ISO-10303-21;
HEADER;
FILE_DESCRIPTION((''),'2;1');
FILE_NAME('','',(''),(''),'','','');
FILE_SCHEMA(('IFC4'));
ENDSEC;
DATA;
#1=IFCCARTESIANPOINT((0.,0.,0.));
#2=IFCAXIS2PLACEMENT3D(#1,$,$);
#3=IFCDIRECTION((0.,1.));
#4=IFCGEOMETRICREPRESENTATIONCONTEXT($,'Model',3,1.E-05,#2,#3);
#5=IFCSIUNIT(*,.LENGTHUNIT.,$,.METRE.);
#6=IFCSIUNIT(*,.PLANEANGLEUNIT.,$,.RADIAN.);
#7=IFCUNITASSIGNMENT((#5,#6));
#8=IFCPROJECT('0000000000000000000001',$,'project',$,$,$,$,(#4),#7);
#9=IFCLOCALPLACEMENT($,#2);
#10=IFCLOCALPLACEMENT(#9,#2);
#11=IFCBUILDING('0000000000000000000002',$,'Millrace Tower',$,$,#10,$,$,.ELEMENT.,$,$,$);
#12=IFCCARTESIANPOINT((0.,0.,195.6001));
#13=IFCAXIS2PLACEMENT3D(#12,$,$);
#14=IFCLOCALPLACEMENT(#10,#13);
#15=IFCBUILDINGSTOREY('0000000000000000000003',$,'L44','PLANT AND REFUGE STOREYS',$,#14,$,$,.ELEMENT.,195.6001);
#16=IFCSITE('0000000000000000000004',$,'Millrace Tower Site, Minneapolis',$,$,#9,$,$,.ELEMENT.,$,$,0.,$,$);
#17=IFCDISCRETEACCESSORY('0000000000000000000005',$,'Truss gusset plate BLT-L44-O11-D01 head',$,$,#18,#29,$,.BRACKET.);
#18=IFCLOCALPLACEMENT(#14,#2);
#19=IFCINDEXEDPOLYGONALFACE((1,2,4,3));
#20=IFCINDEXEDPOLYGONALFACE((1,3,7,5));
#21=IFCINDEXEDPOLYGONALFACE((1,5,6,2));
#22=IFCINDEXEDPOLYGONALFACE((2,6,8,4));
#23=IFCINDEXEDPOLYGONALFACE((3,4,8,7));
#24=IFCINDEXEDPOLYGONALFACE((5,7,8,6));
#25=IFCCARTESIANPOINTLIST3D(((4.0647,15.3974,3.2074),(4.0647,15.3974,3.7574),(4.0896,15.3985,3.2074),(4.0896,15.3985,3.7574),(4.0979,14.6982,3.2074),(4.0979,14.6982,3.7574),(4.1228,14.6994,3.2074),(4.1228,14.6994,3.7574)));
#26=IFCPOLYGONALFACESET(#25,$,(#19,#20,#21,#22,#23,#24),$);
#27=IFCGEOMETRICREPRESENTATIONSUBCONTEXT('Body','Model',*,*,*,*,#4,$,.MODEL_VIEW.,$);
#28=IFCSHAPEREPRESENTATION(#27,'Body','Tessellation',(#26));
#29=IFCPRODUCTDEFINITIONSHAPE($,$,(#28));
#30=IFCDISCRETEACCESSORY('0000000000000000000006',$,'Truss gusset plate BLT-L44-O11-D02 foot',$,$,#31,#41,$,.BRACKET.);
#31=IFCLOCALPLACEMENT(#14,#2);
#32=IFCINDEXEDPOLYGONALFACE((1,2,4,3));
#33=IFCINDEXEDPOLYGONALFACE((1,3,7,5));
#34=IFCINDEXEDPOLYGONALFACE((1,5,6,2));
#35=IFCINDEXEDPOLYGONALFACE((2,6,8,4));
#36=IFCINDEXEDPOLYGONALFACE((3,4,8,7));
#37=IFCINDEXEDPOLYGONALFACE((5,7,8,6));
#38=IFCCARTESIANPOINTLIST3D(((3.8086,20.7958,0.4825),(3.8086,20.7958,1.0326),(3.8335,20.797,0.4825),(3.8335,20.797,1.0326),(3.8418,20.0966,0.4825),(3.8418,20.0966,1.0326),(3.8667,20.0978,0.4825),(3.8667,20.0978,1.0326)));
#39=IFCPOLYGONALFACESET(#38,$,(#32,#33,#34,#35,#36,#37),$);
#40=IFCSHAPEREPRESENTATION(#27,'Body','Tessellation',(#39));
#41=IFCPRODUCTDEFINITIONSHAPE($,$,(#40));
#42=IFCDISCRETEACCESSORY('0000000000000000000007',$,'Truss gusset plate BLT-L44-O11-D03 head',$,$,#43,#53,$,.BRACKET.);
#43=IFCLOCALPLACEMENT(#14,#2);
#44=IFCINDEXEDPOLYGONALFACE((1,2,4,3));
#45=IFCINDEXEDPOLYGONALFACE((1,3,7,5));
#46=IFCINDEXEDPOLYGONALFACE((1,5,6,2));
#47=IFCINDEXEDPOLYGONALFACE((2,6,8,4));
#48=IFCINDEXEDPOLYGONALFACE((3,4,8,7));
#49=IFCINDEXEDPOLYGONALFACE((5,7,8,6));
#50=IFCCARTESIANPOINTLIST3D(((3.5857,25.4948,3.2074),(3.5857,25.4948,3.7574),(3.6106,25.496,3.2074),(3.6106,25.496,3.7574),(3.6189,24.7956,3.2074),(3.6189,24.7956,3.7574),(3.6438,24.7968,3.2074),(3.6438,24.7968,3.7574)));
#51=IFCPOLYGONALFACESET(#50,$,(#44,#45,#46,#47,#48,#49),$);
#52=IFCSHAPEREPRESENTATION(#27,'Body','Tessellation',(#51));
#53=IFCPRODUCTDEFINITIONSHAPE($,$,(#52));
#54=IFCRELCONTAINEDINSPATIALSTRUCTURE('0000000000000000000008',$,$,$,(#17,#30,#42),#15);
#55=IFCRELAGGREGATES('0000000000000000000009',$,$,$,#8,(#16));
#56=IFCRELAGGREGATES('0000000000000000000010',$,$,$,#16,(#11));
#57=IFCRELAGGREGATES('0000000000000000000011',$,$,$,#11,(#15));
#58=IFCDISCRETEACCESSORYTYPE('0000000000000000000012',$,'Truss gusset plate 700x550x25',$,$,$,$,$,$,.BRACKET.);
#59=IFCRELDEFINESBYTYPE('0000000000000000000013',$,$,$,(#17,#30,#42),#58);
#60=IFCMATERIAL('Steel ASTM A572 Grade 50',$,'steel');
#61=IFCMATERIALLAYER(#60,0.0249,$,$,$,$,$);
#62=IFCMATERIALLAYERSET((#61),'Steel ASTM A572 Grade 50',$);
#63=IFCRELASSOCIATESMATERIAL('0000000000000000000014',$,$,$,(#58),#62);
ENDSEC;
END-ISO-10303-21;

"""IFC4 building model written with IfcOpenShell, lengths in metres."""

from ifc_helpers import new_model, si_unit, direction, frame, origin, origin_2d, place, context, subcontext, project, spatial, rectangle, extrude, material, layer, layer_set, type_object, element, save


model = new_model("IFC4")

# Units and contexts
model_context = context("Model", 3, precision=1e-05, world=origin(), true_north=direction((0.0, 1.0)))
body_context = subcontext(model_context, "Body", "Model", "MODEL_VIEW")
ifc_project = project(units=[si_unit("LENGTHUNIT", "METRE"), si_unit("PLANEANGLEUNIT", "RADIAN")], contexts=[model_context])

# Site, building, storey
site_placement = place(None, origin())
site = spatial("IfcSite", under=ifc_project, at=site_placement, Name="Millrace Tower Site, Minneapolis", CompositionType="ELEMENT", RefElevation=0.0)
building_placement = place(site_placement, origin())
building = spatial("IfcBuilding", under=site, at=building_placement, Name="Millrace Tower", CompositionType="ELEMENT")
storey_placement = place(building_placement, frame((0.0, 0.0, 195.6001)))
storey = spatial("IfcBuildingStorey", under=building, at=storey_placement, Name="L44", Description="PLANT AND REFUGE STOREYS", CompositionType="ELEMENT", Elevation=195.6001)

# Discrete accessories
ifc_material_1 = material(Name="Steel ASTM A572 Grade 50", Category="steel")
ifc_layer_1 = layer(ifc_material_1, 0.0249)
ifc_layer_set_1 = layer_set([ifc_layer_1], Name="Steel ASTM A572 Grade 50")
discrete_accessory_type = type_object("IfcDiscreteAccessoryType", Name="Truss gusset plate 700x550x25", PredefinedType="BRACKET", material=ifc_layer_set_1)
for number, where, z_axis, x_axis, name in (
    (1, (4.0771, 15.3979, 3.4824), (0.047433, -0.998874, 0.0), (0.998874, 0.047433, 0.0), "Truss gusset plate BLT-L44-O11-D01 head"),
    (2, (3.821, 20.7964, 0.7576), (0.047433, -0.998874, 0.0), (0.998874, 0.047433, 0.0), "Truss gusset plate BLT-L44-O11-D02 foot"),
    (3, (3.5981, 25.4954, 3.4824), (0.047433, -0.998874, 0.0), (0.998874, 0.047433, 0.0), "Truss gusset plate BLT-L44-O11-D03 head"),
):
    element("IfcDiscreteAccessory", number, at=place(storey_placement, frame(where, z_axis=z_axis, x_axis=x_axis)), inside=storey, type_object=discrete_accessory_type, Name=name, PredefinedType="BRACKET", context=body_context, shape_type="SweptSolid", body=[
        extrude(rectangle(XDim=0.0249, YDim=0.55, at=origin_2d()), origin(), (0.0, 0.0, 1.0), 0.7),
    ])

save(model, "model.ifc")
